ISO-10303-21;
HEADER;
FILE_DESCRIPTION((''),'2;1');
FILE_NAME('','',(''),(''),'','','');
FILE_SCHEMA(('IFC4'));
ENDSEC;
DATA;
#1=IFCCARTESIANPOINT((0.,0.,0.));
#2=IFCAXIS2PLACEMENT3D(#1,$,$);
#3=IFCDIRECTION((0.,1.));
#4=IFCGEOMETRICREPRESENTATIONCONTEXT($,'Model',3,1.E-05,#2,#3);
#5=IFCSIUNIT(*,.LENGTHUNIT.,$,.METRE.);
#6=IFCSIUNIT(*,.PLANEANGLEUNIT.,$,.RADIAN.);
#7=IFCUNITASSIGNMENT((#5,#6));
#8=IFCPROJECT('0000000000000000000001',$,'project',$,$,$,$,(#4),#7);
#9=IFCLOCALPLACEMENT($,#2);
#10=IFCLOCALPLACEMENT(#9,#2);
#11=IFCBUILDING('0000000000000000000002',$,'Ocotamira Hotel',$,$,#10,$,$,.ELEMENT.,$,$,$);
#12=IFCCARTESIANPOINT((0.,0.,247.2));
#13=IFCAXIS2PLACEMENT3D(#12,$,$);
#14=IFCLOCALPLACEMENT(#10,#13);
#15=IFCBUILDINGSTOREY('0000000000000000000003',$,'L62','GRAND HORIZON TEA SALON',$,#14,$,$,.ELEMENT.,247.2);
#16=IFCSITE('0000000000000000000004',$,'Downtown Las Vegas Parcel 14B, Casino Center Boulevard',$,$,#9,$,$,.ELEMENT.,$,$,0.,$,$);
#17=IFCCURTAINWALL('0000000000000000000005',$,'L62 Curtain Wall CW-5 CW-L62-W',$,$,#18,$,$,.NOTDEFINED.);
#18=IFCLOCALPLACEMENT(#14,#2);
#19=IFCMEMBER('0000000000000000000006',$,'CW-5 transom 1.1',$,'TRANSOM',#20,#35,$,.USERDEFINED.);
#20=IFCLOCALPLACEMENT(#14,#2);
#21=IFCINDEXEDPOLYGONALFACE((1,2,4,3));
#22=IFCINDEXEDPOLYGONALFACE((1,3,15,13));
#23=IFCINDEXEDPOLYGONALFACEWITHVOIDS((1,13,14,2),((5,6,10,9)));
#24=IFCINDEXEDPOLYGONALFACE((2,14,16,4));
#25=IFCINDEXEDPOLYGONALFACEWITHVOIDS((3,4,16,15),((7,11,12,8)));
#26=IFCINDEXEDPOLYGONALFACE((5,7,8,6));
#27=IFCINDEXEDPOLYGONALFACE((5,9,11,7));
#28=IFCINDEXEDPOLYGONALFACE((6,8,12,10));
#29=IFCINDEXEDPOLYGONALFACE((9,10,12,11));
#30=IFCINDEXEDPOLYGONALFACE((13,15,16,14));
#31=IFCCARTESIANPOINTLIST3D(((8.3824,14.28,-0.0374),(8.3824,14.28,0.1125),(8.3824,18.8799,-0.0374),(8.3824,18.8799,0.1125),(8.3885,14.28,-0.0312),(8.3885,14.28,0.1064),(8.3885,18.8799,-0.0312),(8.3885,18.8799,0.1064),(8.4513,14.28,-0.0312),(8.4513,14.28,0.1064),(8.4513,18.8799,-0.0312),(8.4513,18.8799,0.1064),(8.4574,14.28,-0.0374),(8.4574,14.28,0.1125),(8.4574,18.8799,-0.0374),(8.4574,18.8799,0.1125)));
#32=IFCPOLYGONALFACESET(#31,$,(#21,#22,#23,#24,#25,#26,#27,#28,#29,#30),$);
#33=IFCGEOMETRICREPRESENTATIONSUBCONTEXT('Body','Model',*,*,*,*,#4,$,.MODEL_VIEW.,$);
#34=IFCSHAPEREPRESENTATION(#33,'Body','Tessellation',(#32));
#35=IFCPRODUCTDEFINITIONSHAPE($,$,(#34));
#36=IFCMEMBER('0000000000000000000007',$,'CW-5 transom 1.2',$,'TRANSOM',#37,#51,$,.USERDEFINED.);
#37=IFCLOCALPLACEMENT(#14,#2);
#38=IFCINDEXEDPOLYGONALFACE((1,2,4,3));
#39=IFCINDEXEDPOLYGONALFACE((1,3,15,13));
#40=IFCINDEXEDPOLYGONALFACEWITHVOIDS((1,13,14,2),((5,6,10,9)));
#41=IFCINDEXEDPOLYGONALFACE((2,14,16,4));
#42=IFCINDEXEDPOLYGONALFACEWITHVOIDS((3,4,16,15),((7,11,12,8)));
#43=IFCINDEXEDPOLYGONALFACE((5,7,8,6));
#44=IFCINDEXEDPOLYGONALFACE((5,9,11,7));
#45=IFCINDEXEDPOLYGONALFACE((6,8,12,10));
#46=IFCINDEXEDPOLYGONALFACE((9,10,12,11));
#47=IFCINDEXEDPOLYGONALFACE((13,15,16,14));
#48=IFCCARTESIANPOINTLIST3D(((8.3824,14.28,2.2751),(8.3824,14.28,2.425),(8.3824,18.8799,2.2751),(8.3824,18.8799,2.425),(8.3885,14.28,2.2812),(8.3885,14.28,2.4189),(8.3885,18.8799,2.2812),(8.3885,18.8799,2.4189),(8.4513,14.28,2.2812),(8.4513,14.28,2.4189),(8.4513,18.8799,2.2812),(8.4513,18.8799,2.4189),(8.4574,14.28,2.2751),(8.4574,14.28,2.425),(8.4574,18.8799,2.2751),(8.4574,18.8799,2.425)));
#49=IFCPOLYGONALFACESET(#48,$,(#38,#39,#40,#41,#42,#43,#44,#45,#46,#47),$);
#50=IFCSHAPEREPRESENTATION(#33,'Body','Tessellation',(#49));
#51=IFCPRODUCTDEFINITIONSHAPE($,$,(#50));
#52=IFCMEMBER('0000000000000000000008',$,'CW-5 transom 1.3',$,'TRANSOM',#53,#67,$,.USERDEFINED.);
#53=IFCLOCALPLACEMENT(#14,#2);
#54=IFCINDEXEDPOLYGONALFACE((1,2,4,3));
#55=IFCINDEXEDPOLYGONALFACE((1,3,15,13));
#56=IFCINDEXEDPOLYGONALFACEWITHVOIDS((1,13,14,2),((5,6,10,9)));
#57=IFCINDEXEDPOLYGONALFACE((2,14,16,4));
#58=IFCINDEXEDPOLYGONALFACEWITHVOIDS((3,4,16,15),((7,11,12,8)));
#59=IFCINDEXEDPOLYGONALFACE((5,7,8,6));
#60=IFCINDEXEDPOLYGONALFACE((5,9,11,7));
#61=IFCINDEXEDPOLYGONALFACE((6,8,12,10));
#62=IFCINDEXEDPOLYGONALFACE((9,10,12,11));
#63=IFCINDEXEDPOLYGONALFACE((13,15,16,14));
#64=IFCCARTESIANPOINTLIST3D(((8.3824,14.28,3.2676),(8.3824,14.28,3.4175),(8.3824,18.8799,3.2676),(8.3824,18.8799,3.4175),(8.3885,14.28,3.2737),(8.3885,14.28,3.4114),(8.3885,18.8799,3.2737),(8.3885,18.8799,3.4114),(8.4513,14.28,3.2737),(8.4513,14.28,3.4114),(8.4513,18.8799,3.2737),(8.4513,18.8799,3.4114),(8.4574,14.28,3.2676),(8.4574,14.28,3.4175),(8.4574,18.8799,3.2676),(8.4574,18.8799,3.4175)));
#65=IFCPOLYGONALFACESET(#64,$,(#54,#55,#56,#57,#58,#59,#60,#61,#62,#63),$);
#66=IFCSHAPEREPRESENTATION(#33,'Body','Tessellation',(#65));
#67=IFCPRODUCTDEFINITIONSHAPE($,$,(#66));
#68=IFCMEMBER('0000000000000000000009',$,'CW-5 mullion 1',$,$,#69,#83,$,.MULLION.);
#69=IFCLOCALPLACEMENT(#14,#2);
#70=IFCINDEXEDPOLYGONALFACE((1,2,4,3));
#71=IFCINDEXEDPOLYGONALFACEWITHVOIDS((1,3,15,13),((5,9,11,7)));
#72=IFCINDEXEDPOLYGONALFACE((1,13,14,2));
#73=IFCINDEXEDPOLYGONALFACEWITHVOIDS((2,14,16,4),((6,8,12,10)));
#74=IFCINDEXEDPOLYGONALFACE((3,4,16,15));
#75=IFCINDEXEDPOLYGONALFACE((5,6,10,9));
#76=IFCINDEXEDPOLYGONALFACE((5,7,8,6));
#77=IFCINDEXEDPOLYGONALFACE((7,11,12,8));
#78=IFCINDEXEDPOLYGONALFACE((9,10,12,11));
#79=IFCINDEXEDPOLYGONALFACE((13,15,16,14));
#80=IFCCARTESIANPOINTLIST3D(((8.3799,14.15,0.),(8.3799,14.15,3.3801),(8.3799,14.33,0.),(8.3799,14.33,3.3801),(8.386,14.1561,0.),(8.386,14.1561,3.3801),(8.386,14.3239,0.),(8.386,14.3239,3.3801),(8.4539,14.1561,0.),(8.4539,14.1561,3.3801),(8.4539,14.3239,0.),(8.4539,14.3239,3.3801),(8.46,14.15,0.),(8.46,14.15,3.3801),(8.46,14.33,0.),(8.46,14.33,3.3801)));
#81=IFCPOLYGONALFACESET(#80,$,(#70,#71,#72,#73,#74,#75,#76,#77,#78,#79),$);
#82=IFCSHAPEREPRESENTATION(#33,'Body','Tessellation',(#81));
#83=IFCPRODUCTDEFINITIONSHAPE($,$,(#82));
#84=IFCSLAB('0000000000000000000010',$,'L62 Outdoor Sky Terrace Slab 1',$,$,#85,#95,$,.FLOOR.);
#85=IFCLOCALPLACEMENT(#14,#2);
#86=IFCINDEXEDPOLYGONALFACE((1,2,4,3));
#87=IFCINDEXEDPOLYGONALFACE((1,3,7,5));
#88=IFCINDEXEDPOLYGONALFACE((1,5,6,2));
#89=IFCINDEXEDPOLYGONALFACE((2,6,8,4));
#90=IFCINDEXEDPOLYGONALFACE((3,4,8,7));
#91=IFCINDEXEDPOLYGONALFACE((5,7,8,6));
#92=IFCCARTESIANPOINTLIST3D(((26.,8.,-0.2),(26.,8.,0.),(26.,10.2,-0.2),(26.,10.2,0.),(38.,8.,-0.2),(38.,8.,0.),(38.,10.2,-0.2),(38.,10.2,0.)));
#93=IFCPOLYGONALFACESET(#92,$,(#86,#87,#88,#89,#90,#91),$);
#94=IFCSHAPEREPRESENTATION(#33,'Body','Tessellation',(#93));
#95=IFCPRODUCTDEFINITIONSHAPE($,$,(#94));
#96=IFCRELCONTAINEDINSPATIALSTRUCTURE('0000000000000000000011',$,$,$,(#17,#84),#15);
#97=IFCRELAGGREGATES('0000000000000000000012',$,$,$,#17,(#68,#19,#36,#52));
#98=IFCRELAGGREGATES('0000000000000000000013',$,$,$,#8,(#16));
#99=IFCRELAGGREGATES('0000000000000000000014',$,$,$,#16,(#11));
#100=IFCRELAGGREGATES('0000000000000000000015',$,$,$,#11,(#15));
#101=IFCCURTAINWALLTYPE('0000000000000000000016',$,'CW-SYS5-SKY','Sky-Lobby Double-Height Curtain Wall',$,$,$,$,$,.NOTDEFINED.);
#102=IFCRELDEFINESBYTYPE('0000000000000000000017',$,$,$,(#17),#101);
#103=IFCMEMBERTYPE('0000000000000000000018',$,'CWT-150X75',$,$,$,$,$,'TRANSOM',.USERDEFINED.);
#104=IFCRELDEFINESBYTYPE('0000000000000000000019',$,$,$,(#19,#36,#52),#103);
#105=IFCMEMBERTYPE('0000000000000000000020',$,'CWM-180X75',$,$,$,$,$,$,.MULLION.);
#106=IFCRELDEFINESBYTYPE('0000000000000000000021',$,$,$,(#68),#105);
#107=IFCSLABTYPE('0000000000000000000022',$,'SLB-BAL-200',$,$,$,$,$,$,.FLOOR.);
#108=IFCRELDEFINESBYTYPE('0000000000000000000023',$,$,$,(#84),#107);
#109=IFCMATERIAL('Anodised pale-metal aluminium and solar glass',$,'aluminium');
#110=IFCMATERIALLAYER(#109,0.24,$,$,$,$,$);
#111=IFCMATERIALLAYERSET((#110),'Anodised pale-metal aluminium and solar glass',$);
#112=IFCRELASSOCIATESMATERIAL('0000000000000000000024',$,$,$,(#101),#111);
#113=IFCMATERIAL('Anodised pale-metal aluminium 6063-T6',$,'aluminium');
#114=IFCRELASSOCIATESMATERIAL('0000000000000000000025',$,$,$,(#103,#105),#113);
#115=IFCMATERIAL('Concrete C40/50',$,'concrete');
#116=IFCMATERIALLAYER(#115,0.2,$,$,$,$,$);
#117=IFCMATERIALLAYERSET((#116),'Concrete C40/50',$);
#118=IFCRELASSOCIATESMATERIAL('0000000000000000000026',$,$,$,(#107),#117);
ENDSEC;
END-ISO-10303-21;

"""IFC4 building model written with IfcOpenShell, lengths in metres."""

from ifc_helpers import new_model, si_unit, direction, frame, origin, origin_2d, place, context, subcontext, project, spatial, polyline, hollow_rectangle, outline, extrude, source, transform, mapped, material, layer, layer_set, material_profile, profile_set, type_object, element, aggregate, save


model = new_model("IFC4")

# Units and contexts
model_context = context("Model", 3, precision=1e-05, world=origin(), true_north=direction((0.0, 1.0)))
body_context = subcontext(model_context, "Body", "Model", "MODEL_VIEW")
ifc_project = project(units=[si_unit("LENGTHUNIT", "METRE"), si_unit("PLANEANGLEUNIT", "RADIAN")], contexts=[model_context])

# Site, building, storey
site_placement = place(None, origin())
site = spatial("IfcSite", under=ifc_project, at=site_placement, Name="Downtown Las Vegas Parcel 14B, Casino Center Boulevard", CompositionType="ELEMENT", RefElevation=0.0)
building_placement = place(site_placement, origin())
building = spatial("IfcBuilding", under=site, at=building_placement, Name="Ocotamira Hotel", CompositionType="ELEMENT")
storey_placement = place(building_placement, frame((0.0, 0.0, 247.2)))
storey = spatial("IfcBuildingStorey", under=building, at=storey_placement, Name="L62", Description="GRAND HORIZON TEA SALON", CompositionType="ELEMENT", Elevation=247.2)

# Curtain wall, members
ifc_material_1 = material(Name="Anodised pale-metal aluminium and solar glass", Category="aluminium")
ifc_layer_1 = layer(ifc_material_1, 0.24)
ifc_layer_set_1 = layer_set([ifc_layer_1], Name="Anodised pale-metal aluminium and solar glass")
curtain_wall_type = type_object("IfcCurtainWallType", Name="CW-SYS5-SKY", Description="Sky-Lobby Double-Height Curtain Wall", PredefinedType="NOTDEFINED", material=ifc_layer_set_1)
curtain_wall_placement = place(storey_placement, origin())
curtain_wall = element("IfcCurtainWall", 1, at=curtain_wall_placement, inside=storey, type_object=curtain_wall_type, Name="L62 Curtain Wall CW-5 CW-L62-W", PredefinedType="NOTDEFINED")
ifc_material_2 = material(Name="Anodised pale-metal aluminium 6063-T6", Category="aluminium")
ifc_material_profile_1 = material_profile(ifc_material_2, hollow_rectangle(XDim=0.075, YDim=0.1499, WallThickness=0.0061, at=origin_2d()), Name="HSS150X75X6")
ifc_profile_set_1 = profile_set([ifc_material_profile_1], Name="Anodised pale-metal aluminium 6063-T6")
member_type_1 = type_object("IfcMemberType", Name="CWT-150X75", ElementType="TRANSOM", PredefinedType="USERDEFINED", material=ifc_profile_set_1)
shared_shape_1 = source(origin(), body_context, "Body", "SweptSolid", [
    extrude(hollow_rectangle(XDim=0.075, YDim=0.1499, WallThickness=0.0061, at=origin_2d()), origin(), (0.0, 0.0, 1.0), 4.5999),
])
member_1_placement = place(storey_placement, frame((8.4199, 14.28, 0.0376), z_axis=(0.0, 1.0, 0.0), x_axis=(-1.0, 0.0, 0.0)))
member_1 = element("IfcMember", 2, at=member_1_placement, type_object=member_type_1, Name="CW-5 transom 1.1", ObjectType="TRANSOM", PredefinedType="USERDEFINED", context=body_context, shape_type="MappedRepresentation", body=[
    mapped(shared_shape_1, transform((0.0, 0.0, 0.0), scale=1.0)),
])
member_2_placement = place(storey_placement, frame((8.4199, 14.28, 2.3501), z_axis=(0.0, 1.0, 0.0), x_axis=(-1.0, 0.0, 0.0)))
member_2 = element("IfcMember", 3, at=member_2_placement, type_object=member_type_1, Name="CW-5 transom 1.2", ObjectType="TRANSOM", PredefinedType="USERDEFINED", context=body_context, shape_type="MappedRepresentation", body=[
    mapped(shared_shape_1, transform((0.0, 0.0, 0.0), scale=1.0)),
])
member_3_placement = place(storey_placement, frame((8.4199, 14.28, 3.3425), z_axis=(0.0, 1.0, 0.0), x_axis=(-1.0, 0.0, 0.0)))
member_3 = element("IfcMember", 4, at=member_3_placement, type_object=member_type_1, Name="CW-5 transom 1.3", ObjectType="TRANSOM", PredefinedType="USERDEFINED", context=body_context, shape_type="MappedRepresentation", body=[
    mapped(shared_shape_1, transform((0.0, 0.0, 0.0), scale=1.0)),
])
ifc_material_profile_2 = material_profile(ifc_material_2, hollow_rectangle(XDim=0.0801, YDim=0.1799, WallThickness=0.0061, at=origin_2d()), Name="HSS180X80X6")
ifc_profile_set_2 = profile_set([ifc_material_profile_2], Name="Anodised pale-metal aluminium 6063-T6")
member_type_2 = type_object("IfcMemberType", Name="CWM-180X75", PredefinedType="MULLION", material=ifc_profile_set_2)
shared_shape_2 = source(origin(), body_context, "Body", "SweptSolid", [
    extrude(hollow_rectangle(XDim=0.0801, YDim=0.1799, WallThickness=0.0061, at=origin_2d()), origin(), (0.0, 0.0, 1.0), 3.3801),
])
member_4_placement = place(storey_placement, frame((8.4199, 14.24, 0.0), z_axis=(0.0, 0.0, 1.0), x_axis=(-1.0, 0.0, 0.0)))
member_4 = element("IfcMember", 5, at=member_4_placement, type_object=member_type_2, Name="CW-5 mullion 1", PredefinedType="MULLION", context=body_context, shape_type="MappedRepresentation", body=[
    mapped(shared_shape_2, transform((0.0, 0.0, 0.0), scale=1.0)),
])
aggregate(curtain_wall, [member_4, member_1, member_2, member_3])

# Slab
ifc_material_3 = material(Name="Concrete C40/50", Category="concrete")
ifc_layer_2 = layer(ifc_material_3, 0.2)
ifc_layer_set_2 = layer_set([ifc_layer_2], Name="Concrete C40/50")
slab_type_1 = type_object("IfcSlabType", Name="SLB-BAL-200", PredefinedType="FLOOR", material=ifc_layer_set_2)
slab_1_placement = place(storey_placement, frame((0.0, 0.0, -0.2)))
element("IfcSlab", 6, at=slab_1_placement, inside=storey, type_object=slab_type_1, Name="L62 Outdoor Sky Terrace Slab 1", PredefinedType="FLOOR", context=body_context, shape_type="SweptSolid", body=[
    extrude(outline(polyline([(26.0, 8.0), (38.0, 8.0), (38.0, 10.2), (26.0, 10.2), (26.0, 8.0)])), origin(), (0.0, 0.0, 1.0), 0.2),
])

save(model, "model.ifc")
